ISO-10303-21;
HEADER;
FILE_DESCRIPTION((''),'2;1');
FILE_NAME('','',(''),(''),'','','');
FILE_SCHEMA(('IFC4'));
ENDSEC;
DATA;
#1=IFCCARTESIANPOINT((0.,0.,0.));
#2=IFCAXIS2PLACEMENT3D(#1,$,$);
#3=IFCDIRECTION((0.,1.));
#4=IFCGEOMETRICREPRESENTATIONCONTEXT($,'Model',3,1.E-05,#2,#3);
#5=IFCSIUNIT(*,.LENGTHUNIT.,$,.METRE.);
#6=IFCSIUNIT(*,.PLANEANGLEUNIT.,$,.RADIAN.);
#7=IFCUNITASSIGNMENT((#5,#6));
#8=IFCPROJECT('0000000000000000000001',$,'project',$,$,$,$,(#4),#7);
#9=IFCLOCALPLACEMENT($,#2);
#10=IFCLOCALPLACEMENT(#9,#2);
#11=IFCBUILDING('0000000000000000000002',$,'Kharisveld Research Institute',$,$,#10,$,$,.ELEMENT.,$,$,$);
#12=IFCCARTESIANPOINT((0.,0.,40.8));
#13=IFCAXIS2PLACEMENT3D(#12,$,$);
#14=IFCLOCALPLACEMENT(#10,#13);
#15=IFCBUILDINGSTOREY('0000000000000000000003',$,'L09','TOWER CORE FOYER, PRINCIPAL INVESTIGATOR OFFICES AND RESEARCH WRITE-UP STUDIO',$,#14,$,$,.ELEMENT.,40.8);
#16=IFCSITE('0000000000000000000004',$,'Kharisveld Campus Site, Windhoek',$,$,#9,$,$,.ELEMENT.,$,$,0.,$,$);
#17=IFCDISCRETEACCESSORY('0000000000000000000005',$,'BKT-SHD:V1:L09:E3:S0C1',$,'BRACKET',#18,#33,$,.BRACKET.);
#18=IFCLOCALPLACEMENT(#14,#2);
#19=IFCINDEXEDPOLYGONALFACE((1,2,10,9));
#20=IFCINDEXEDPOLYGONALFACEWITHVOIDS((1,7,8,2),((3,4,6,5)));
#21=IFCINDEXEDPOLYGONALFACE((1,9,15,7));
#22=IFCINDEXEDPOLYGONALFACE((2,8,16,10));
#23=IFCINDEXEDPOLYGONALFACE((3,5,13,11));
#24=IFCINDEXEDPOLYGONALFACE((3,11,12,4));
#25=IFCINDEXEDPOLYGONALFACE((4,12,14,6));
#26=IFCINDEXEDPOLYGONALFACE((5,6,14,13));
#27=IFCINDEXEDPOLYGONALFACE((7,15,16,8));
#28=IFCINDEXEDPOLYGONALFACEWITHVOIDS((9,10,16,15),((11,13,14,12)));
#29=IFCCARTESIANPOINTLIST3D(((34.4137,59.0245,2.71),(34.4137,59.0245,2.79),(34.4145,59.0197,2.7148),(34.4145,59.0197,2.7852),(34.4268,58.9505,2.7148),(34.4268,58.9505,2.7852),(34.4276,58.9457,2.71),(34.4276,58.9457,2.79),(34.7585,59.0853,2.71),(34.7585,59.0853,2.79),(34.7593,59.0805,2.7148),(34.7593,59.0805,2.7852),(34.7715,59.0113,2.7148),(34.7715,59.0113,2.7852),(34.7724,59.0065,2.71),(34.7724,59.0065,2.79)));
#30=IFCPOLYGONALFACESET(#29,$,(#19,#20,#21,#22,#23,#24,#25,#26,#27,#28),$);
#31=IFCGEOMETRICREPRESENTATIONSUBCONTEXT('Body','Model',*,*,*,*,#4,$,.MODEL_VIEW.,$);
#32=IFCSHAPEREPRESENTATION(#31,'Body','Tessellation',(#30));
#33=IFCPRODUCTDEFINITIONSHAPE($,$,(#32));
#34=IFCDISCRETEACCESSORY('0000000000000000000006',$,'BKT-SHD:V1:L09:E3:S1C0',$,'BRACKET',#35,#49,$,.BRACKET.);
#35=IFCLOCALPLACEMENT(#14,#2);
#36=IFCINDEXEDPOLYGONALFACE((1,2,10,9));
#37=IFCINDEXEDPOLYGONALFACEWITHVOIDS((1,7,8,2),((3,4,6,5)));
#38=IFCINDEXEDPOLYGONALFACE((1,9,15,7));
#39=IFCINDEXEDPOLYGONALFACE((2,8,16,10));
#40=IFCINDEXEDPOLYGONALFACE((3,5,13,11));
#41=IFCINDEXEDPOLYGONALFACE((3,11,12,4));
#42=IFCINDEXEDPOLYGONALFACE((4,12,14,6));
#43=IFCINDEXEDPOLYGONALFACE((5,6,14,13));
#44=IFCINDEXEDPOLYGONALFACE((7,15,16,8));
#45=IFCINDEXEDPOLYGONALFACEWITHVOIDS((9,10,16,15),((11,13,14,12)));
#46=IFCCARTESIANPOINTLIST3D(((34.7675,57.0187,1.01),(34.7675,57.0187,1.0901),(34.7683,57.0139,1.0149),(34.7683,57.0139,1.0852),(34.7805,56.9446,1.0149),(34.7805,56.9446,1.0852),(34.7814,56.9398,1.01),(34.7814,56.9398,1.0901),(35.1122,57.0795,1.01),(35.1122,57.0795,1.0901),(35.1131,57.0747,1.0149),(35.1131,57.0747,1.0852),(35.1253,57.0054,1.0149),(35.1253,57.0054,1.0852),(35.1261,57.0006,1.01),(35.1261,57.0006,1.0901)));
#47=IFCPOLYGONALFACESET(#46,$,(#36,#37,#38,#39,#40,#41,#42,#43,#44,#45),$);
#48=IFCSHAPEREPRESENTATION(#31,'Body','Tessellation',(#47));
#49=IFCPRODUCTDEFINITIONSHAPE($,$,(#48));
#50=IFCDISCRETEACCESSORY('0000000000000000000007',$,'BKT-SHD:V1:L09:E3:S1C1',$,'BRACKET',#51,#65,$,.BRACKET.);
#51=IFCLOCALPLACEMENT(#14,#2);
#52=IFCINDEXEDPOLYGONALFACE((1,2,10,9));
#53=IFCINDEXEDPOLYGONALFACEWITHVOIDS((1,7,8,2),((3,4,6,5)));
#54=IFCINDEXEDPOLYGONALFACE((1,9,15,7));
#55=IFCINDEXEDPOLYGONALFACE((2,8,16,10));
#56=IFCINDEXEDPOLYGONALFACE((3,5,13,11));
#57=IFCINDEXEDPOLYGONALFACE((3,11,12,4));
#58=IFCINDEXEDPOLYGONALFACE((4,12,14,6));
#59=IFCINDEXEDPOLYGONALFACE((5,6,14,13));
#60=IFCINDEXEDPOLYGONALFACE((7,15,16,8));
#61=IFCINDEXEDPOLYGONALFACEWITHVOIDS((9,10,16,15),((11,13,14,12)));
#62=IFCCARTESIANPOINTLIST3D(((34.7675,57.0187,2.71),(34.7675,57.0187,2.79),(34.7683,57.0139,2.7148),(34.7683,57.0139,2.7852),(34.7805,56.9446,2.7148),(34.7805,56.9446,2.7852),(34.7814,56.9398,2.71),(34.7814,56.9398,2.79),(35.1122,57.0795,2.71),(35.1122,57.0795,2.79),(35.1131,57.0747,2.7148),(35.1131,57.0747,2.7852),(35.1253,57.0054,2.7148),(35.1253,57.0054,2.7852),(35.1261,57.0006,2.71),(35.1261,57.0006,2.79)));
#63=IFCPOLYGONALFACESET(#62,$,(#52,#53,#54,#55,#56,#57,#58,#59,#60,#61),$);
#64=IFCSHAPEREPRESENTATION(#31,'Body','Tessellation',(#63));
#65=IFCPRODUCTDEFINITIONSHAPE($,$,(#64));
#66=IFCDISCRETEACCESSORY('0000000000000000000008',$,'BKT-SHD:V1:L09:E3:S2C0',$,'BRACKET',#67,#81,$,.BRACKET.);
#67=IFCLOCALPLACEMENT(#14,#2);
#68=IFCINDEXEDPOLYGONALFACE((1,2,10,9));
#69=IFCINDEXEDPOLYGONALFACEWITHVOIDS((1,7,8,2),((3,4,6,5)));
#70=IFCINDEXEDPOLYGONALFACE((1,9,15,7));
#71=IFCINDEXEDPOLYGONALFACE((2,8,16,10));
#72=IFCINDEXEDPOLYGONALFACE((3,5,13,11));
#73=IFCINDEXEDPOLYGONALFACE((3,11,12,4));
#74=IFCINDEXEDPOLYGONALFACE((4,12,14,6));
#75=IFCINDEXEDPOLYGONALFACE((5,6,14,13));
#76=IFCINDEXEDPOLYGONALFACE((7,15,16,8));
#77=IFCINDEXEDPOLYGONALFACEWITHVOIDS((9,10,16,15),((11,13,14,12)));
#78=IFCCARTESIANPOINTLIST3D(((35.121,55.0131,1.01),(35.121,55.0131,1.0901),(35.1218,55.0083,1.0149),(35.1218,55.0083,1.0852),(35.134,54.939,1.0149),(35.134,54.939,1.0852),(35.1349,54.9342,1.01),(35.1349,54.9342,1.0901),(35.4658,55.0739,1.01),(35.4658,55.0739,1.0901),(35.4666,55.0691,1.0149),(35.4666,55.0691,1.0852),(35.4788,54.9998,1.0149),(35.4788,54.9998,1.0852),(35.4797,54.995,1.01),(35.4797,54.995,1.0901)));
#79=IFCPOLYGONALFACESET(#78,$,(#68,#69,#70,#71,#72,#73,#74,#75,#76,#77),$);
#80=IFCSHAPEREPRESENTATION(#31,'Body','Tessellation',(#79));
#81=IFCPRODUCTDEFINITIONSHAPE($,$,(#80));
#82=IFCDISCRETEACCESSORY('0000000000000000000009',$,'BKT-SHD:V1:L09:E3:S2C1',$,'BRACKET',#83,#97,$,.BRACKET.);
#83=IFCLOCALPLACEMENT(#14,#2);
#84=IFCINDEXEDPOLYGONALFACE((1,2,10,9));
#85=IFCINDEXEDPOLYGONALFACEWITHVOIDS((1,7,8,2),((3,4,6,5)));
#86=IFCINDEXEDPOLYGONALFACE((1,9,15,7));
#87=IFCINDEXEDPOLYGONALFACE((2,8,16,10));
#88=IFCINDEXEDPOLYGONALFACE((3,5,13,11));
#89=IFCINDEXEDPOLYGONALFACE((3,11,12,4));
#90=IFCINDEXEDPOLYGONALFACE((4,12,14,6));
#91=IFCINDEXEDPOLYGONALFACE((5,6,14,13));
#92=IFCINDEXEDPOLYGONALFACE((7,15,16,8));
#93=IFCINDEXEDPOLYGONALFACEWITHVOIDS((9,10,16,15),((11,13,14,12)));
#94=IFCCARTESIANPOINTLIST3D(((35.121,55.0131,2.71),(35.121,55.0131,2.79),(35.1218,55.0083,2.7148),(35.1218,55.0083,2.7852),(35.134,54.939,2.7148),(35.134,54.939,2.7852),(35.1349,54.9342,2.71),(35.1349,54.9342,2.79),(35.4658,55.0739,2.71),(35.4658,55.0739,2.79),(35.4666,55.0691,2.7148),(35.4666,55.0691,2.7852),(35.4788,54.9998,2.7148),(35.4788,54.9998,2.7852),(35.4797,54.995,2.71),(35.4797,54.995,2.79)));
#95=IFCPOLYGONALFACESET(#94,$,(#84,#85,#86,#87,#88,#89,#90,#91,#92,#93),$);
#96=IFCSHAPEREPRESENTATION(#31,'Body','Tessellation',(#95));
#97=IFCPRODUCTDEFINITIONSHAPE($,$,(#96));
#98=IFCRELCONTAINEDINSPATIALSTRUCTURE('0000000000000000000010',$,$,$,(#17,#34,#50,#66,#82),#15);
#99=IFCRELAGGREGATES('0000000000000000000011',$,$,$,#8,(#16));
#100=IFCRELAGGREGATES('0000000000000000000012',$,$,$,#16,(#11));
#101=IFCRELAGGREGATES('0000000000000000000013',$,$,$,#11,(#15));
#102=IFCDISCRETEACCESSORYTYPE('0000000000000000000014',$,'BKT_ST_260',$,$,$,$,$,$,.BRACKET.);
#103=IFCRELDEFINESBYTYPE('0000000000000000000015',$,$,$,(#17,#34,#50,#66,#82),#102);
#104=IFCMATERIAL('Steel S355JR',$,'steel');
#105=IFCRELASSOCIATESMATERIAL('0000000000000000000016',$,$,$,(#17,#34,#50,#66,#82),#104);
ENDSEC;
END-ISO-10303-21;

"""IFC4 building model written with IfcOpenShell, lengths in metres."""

from ifc_helpers import new_model, si_unit, direction, frame, origin, origin_2d, place, context, subcontext, project, spatial, hollow_rectangle, extrude, material, type_object, element, save


model = new_model("IFC4")

# Units and contexts
model_context = context("Model", 3, precision=1e-05, world=origin(), true_north=direction((0.0, 1.0)))
body_context = subcontext(model_context, "Body", "Model", "MODEL_VIEW")
ifc_project = project(units=[si_unit("LENGTHUNIT", "METRE"), si_unit("PLANEANGLEUNIT", "RADIAN")], contexts=[model_context])

# Site, building, storey
site_placement = place(None, origin())
site = spatial("IfcSite", under=ifc_project, at=site_placement, Name="Kharisveld Campus Site, Windhoek", CompositionType="ELEMENT", RefElevation=0.0)
building_placement = place(site_placement, origin())
building = spatial("IfcBuilding", under=site, at=building_placement, Name="Kharisveld Research Institute", CompositionType="ELEMENT")
storey_placement = place(building_placement, frame((0.0, 0.0, 40.8)))
storey = spatial("IfcBuildingStorey", under=building, at=storey_placement, Name="L09", Description="TOWER CORE FOYER, PRINCIPAL INVESTIGATOR OFFICES AND RESEARCH WRITE-UP STUDIO", CompositionType="ELEMENT", Elevation=40.8)

# Discrete accessories
ifc_material_1 = material(Name="Steel S355JR", Category="steel")
discrete_accessory_type = type_object("IfcDiscreteAccessoryType", Name="BKT_ST_260", PredefinedType="BRACKET")
for number, where, z_axis, x_axis, name in (
    (1, (34.4207, 58.9851, 2.75), (0.984805, 0.173666, 0.0), (-0.173666, 0.984805, 0.0), "BKT-SHD:V1:L09:E3:S0C1"),
    (2, (34.7744, 56.9792, 1.05), (0.984805, 0.173666, 0.0), (-0.173666, 0.984805, 0.0), "BKT-SHD:V1:L09:E3:S1C0"),
    (3, (34.7744, 56.9792, 2.75), (0.984805, 0.173666, 0.0), (-0.173666, 0.984805, 0.0), "BKT-SHD:V1:L09:E3:S1C1"),
    (4, (35.1279, 54.9736, 1.05), (0.984805, 0.173666, 0.0), (-0.173666, 0.984805, 0.0), "BKT-SHD:V1:L09:E3:S2C0"),
    (5, (35.1279, 54.9736, 2.75), (0.984805, 0.173666, 0.0), (-0.173666, 0.984805, 0.0), "BKT-SHD:V1:L09:E3:S2C1"),
):
    element("IfcDiscreteAccessory", number, at=place(storey_placement, frame(where, z_axis=z_axis, x_axis=x_axis)), inside=storey, type_object=discrete_accessory_type, material=ifc_material_1, Name=name, ObjectType="BRACKET", PredefinedType="BRACKET", context=body_context, shape_type="SweptSolid", body=[
        extrude(hollow_rectangle(XDim=0.0801, YDim=0.0801, WallThickness=0.0049, at=origin_2d()), origin(), (0.0, 0.0, 1.0), 0.3501),
    ])

save(model, "model.ifc")
